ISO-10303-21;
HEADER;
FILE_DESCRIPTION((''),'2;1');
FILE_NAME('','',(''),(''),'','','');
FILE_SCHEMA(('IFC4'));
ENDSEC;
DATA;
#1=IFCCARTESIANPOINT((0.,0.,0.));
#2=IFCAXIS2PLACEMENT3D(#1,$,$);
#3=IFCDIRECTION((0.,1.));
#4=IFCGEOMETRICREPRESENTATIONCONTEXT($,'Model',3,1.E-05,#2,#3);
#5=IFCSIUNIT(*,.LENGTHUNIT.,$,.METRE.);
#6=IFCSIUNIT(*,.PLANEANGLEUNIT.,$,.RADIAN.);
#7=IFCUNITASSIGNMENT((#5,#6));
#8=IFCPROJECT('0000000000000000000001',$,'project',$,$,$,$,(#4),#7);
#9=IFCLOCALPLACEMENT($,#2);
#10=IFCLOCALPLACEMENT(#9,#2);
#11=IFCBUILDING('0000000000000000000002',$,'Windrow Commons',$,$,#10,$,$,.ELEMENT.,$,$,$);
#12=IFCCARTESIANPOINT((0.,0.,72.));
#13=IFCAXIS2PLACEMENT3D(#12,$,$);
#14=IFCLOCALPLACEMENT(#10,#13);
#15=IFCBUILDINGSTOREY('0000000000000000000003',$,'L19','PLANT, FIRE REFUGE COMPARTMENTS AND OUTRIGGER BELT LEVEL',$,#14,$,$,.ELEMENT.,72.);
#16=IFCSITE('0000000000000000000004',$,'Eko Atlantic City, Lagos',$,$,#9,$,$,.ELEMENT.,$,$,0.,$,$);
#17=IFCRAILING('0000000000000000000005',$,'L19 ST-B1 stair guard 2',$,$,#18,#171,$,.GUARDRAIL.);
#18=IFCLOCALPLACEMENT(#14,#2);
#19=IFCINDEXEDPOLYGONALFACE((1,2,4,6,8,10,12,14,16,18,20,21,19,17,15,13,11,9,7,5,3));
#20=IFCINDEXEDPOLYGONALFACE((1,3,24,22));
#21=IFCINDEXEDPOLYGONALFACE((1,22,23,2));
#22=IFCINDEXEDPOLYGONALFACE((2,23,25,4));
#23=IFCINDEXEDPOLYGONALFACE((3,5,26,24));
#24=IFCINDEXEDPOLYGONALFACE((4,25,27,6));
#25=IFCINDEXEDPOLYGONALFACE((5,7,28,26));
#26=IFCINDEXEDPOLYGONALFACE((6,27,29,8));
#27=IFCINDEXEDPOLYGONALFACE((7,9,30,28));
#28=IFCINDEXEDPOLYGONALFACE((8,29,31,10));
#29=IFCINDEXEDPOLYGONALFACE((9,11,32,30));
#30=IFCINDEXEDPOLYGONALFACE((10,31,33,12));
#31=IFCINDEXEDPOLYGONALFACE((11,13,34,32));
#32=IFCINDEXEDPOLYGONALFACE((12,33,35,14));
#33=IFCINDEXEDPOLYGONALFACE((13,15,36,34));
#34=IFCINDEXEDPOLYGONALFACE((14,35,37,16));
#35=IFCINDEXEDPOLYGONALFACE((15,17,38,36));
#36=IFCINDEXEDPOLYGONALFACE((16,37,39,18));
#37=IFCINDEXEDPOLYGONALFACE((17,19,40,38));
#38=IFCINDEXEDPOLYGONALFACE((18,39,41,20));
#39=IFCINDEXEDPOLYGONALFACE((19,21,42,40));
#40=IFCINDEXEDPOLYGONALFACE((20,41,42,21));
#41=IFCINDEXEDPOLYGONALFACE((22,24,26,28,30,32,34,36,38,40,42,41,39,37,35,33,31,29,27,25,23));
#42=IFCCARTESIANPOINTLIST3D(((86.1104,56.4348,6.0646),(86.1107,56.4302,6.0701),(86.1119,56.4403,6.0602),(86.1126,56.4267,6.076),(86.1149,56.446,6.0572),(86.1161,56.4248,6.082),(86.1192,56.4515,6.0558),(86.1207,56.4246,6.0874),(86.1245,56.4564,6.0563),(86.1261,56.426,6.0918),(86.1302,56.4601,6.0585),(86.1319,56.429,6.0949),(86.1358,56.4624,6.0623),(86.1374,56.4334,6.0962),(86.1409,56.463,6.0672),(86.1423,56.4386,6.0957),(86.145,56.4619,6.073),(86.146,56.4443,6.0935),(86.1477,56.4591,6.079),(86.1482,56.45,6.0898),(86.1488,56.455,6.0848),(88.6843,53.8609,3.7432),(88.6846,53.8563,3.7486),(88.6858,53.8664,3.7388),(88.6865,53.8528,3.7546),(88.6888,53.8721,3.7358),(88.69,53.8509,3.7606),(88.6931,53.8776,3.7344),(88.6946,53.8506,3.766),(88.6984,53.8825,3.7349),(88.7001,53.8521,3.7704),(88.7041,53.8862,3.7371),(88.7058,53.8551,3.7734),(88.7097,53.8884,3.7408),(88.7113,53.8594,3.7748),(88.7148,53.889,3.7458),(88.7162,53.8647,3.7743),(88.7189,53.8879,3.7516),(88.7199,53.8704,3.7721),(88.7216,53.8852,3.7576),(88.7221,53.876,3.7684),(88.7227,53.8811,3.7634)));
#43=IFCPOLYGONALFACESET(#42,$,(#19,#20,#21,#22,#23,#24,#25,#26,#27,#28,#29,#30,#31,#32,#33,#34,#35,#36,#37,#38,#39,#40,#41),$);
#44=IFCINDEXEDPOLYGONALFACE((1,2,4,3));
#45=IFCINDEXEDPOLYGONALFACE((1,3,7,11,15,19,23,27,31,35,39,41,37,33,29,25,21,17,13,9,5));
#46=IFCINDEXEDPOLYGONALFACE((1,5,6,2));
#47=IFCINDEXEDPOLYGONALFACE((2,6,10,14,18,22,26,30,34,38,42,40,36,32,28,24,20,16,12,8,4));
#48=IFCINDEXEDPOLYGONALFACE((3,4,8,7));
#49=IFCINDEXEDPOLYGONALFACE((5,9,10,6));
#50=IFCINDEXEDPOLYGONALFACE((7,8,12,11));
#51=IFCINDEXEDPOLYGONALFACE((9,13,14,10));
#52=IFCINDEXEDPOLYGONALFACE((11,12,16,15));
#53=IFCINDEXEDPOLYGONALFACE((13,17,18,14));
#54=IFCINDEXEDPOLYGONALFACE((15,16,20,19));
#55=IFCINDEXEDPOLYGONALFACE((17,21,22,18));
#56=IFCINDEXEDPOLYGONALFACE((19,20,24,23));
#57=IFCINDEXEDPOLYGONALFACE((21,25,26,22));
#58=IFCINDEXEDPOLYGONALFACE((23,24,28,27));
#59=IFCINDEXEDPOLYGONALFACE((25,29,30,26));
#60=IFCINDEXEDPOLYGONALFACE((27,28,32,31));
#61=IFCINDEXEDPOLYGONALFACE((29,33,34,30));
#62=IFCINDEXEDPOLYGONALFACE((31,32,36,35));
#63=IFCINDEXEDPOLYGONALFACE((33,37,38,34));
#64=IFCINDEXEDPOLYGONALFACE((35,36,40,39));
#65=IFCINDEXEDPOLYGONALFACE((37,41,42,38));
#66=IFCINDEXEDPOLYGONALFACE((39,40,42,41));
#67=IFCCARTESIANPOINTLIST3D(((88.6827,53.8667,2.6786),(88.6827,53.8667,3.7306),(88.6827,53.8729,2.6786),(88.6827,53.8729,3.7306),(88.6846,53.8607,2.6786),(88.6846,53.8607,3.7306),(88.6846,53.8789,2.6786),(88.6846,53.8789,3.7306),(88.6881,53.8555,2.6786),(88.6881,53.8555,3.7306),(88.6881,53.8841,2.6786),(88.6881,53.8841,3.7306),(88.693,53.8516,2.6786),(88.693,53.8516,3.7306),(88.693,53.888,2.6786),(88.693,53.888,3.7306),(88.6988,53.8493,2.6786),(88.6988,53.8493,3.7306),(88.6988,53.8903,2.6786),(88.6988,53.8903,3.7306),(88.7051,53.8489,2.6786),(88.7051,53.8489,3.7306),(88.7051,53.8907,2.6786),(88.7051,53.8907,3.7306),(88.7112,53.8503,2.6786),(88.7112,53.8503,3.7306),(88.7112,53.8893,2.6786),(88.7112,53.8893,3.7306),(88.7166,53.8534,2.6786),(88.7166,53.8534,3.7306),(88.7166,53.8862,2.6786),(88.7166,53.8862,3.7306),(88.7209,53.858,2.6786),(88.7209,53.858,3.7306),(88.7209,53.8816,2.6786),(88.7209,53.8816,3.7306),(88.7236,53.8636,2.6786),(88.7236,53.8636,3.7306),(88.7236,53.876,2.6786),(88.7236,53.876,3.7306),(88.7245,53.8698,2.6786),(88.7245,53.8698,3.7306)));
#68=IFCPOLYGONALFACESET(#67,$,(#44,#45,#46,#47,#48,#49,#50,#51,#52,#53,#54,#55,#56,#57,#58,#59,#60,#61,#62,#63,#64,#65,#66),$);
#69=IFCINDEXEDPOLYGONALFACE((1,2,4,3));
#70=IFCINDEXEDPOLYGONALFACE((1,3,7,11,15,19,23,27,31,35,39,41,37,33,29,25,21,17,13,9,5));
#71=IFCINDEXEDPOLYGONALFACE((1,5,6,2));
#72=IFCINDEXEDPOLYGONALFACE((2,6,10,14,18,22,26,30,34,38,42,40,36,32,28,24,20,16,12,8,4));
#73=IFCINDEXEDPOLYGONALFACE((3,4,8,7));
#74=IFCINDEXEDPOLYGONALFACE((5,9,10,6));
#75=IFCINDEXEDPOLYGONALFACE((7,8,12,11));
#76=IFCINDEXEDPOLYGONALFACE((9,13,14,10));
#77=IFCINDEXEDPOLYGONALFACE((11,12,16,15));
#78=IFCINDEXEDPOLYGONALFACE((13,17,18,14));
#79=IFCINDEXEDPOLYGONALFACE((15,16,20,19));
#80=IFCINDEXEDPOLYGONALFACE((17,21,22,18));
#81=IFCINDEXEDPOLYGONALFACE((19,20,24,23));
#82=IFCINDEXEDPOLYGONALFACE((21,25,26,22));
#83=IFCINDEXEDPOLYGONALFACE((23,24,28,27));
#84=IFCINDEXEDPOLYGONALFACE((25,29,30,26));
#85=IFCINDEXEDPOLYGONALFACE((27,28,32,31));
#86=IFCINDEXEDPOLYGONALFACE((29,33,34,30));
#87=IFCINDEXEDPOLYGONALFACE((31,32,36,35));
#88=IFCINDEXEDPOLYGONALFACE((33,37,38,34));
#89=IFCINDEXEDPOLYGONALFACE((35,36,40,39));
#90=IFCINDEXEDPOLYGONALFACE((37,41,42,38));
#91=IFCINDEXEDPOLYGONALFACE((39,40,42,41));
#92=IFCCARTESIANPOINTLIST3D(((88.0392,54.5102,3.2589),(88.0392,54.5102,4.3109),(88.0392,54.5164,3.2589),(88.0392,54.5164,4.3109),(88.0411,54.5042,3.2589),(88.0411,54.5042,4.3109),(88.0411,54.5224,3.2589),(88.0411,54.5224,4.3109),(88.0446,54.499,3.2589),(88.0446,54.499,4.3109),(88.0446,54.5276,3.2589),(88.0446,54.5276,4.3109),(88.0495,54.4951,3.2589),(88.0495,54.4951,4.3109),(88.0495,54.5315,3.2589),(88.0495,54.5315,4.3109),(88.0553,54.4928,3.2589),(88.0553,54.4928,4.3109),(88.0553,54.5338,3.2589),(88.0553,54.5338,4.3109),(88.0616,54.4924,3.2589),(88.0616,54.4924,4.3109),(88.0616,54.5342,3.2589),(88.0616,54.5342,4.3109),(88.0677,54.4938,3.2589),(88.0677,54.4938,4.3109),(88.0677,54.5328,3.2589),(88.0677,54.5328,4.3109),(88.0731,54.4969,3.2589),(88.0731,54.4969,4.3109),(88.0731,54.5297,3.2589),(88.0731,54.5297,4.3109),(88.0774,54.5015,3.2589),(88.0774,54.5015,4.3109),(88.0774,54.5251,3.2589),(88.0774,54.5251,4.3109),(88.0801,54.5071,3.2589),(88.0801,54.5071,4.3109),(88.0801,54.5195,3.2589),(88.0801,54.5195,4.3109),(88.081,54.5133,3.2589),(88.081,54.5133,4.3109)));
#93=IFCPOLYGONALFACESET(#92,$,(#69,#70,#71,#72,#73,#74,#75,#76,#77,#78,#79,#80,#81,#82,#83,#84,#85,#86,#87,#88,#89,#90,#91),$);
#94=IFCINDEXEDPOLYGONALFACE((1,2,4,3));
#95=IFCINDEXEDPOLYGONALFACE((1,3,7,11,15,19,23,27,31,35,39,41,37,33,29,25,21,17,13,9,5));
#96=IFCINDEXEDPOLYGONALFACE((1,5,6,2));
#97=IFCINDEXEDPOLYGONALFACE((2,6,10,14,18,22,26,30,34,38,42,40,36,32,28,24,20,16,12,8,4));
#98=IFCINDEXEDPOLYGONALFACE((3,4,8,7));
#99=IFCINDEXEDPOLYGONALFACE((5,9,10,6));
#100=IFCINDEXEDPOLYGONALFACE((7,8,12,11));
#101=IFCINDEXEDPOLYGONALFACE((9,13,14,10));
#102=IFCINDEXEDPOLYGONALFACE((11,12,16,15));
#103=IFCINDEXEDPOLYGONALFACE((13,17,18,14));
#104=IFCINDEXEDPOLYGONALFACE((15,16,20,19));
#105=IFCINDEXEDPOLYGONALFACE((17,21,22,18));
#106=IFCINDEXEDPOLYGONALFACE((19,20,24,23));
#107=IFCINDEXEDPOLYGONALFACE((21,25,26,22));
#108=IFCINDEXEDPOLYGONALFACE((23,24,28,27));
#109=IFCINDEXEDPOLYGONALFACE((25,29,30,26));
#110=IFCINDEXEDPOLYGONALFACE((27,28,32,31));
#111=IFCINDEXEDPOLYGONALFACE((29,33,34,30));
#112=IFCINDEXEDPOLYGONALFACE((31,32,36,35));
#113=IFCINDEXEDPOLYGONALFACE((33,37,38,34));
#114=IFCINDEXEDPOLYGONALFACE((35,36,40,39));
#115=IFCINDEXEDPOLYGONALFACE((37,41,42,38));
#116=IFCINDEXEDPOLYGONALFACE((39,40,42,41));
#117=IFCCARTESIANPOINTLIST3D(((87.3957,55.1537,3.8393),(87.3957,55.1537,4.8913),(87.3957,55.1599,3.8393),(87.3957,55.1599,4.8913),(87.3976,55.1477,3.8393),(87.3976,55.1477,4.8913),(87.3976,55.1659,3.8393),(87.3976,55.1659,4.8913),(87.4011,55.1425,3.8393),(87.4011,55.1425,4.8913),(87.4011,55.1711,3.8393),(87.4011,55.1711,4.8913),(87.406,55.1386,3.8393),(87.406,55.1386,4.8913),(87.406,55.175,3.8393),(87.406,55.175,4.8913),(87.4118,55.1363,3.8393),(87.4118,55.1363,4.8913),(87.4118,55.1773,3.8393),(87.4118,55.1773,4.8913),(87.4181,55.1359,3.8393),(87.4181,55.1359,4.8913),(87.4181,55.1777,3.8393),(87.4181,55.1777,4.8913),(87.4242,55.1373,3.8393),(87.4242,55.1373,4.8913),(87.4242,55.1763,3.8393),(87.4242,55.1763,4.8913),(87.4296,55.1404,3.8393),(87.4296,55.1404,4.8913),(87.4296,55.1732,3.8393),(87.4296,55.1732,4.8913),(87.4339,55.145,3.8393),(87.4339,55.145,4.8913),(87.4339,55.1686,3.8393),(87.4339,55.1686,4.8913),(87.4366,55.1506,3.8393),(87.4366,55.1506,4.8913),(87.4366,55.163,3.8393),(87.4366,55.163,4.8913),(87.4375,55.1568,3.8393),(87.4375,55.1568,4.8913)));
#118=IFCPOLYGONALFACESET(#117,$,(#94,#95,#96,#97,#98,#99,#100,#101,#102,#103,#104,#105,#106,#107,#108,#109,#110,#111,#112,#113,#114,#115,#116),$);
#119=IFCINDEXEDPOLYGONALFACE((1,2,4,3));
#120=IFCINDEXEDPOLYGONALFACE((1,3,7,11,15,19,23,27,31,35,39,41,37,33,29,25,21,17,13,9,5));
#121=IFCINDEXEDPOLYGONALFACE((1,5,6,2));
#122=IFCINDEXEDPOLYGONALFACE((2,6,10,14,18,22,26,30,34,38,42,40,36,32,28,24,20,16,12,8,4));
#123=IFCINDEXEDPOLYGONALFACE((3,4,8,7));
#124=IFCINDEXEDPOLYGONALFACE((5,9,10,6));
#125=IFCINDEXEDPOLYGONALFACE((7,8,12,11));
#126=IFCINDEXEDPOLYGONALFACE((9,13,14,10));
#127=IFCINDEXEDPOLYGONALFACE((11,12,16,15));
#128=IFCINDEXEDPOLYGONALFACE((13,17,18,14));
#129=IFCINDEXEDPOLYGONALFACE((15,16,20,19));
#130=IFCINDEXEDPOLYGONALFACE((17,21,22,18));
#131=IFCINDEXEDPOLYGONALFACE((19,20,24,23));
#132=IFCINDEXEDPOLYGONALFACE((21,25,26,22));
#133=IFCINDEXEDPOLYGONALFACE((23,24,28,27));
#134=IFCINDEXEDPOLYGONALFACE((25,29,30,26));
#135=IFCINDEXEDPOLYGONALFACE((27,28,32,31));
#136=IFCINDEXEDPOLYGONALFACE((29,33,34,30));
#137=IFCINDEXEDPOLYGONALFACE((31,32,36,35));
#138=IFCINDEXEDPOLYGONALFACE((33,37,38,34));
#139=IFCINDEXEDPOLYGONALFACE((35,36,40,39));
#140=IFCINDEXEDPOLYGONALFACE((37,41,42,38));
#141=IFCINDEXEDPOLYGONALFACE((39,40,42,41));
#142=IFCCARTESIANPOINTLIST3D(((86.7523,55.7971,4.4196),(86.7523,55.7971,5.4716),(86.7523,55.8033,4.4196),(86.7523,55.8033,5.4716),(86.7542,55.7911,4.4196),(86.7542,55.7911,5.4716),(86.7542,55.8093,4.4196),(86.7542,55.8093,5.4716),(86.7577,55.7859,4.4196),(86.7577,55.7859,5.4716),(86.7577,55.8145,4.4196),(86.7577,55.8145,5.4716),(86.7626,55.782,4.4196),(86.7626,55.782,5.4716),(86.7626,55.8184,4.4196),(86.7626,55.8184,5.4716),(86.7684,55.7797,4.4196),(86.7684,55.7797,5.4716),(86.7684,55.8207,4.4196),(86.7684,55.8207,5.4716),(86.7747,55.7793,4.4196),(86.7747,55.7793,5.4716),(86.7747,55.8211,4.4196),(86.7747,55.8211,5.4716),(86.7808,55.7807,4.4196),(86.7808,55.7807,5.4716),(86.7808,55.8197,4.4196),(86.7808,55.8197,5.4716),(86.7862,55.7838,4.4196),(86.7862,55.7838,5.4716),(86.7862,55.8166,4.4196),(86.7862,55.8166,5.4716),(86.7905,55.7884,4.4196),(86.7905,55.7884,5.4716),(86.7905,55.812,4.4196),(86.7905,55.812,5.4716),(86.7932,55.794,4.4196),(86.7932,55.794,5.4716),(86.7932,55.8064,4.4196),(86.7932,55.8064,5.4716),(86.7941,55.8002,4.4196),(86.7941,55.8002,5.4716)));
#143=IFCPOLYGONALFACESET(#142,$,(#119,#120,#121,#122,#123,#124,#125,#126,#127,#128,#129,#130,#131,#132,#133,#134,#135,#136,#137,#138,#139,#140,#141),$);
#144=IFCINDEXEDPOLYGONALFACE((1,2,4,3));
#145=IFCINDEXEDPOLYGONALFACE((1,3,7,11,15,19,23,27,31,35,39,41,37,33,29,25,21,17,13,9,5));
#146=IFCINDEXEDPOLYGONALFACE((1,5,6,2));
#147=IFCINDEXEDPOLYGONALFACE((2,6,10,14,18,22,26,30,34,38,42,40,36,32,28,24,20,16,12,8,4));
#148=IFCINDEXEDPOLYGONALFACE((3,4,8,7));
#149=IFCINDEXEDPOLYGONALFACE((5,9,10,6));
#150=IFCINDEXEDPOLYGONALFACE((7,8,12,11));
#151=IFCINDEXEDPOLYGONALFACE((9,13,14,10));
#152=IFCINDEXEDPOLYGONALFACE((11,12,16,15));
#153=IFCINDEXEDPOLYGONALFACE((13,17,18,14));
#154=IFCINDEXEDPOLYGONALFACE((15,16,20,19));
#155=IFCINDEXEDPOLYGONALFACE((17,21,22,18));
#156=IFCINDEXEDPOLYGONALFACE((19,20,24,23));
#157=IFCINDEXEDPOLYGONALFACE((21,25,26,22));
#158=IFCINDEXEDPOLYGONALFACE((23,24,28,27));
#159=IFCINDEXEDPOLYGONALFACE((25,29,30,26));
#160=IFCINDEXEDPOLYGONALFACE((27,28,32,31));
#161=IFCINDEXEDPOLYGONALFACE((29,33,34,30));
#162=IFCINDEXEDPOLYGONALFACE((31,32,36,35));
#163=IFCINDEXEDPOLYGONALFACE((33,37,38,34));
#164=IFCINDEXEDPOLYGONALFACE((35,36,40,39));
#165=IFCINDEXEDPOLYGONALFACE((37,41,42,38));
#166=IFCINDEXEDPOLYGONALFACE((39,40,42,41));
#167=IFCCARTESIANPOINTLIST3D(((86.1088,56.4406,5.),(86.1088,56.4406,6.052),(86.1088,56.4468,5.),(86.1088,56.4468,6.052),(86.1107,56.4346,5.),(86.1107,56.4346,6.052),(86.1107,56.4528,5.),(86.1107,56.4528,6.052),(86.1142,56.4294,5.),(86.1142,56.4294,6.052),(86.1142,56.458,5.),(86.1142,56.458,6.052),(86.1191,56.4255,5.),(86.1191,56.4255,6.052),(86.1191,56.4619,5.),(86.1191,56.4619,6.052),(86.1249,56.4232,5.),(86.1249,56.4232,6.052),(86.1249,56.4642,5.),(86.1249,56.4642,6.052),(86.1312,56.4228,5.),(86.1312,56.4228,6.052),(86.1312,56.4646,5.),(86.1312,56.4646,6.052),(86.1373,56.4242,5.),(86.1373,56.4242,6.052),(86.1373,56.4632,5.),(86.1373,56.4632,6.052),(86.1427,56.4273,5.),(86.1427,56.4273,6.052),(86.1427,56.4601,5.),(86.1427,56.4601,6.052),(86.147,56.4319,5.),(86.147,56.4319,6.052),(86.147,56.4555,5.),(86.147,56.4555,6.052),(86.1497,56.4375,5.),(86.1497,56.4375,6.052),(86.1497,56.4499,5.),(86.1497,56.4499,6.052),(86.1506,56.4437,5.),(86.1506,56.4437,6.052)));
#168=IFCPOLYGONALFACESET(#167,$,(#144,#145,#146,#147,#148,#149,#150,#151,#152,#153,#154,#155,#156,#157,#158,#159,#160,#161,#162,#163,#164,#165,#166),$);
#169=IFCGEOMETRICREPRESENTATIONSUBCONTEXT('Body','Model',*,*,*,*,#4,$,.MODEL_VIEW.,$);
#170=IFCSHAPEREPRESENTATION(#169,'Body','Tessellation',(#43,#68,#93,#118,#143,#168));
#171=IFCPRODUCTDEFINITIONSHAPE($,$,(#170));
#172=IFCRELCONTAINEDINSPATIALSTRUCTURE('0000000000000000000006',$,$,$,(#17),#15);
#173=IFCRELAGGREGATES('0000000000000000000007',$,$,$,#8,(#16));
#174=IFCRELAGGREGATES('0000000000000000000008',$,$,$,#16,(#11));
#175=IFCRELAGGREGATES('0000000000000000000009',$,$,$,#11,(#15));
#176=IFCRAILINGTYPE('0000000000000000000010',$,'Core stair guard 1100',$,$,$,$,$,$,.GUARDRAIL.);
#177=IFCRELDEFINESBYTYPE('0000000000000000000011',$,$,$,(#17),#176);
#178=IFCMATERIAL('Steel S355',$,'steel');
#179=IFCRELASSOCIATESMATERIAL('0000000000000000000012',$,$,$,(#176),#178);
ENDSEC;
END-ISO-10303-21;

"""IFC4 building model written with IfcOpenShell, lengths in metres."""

from ifc_helpers import new_model, si_unit, direction, frame, origin, origin_2d, place, context, subcontext, project, spatial, circle, extrude, material, type_object, element, save


model = new_model("IFC4")

# Units and contexts
model_context = context("Model", 3, precision=1e-05, world=origin(), true_north=direction((0.0, 1.0)))
body_context = subcontext(model_context, "Body", "Model", "MODEL_VIEW")
ifc_project = project(units=[si_unit("LENGTHUNIT", "METRE"), si_unit("PLANEANGLEUNIT", "RADIAN")], contexts=[model_context])

# Site, building, storey
site_placement = place(None, origin())
site = spatial("IfcSite", under=ifc_project, at=site_placement, Name="Eko Atlantic City, Lagos", CompositionType="ELEMENT", RefElevation=0.0)
building_placement = place(site_placement, origin())
building = spatial("IfcBuilding", under=site, at=building_placement, Name="Windrow Commons", CompositionType="ELEMENT")
storey_placement = place(building_placement, frame((0.0, 0.0, 72.0)))
storey = spatial("IfcBuildingStorey", under=building, at=storey_placement, Name="L19", Description="PLANT, FIRE REFUGE COMPARTMENTS AND OUTRIGGER BELT LEVEL", CompositionType="ELEMENT", Elevation=72.0)

# Railing
ifc_material_1 = material(Name="Steel S355", Category="steel")
railing_type_1 = type_object("IfcRailingType", Name="Core stair guard 1100", PredefinedType="GUARDRAIL", material=ifc_material_1)
railing_1_placement = place(storey_placement, frame((88.7035, 53.8698, 2.6786)))
element("IfcRailing", 1, at=railing_1_placement, inside=storey, type_object=railing_type_1, Name="L19 ST-B1 stair guard 2", PredefinedType="GUARDRAIL", context=body_context, shape_type="SweptSolid", body=[
    extrude(circle(Radius=0.024, at=origin_2d()), frame((0.0, 0.0, 1.076), z_axis=(-0.596187, 0.596187, 0.537701), x_axis=(-0.707107, -0.707107, 0.0)), (0.0, 0.0, 1.0), 4.3173),
    extrude(circle(Radius=0.021, at=origin_2d()), origin(), (0.0, 0.0, 1.0), 1.052),
    extrude(circle(Radius=0.021, at=origin_2d()), frame((-0.6435, 0.6435, 0.5803)), (0.0, 0.0, 1.0), 1.052),
    extrude(circle(Radius=0.021, at=origin_2d()), frame((-1.287, 1.287, 1.1607)), (0.0, 0.0, 1.0), 1.052),
    extrude(circle(Radius=0.021, at=origin_2d()), frame((-1.9304, 1.9304, 1.741)), (0.0, 0.0, 1.0), 1.052),
    extrude(circle(Radius=0.021, at=origin_2d()), frame((-2.5739, 2.5739, 2.3214)), (0.0, 0.0, 1.0), 1.052),
])

save(model, "model.ifc")
